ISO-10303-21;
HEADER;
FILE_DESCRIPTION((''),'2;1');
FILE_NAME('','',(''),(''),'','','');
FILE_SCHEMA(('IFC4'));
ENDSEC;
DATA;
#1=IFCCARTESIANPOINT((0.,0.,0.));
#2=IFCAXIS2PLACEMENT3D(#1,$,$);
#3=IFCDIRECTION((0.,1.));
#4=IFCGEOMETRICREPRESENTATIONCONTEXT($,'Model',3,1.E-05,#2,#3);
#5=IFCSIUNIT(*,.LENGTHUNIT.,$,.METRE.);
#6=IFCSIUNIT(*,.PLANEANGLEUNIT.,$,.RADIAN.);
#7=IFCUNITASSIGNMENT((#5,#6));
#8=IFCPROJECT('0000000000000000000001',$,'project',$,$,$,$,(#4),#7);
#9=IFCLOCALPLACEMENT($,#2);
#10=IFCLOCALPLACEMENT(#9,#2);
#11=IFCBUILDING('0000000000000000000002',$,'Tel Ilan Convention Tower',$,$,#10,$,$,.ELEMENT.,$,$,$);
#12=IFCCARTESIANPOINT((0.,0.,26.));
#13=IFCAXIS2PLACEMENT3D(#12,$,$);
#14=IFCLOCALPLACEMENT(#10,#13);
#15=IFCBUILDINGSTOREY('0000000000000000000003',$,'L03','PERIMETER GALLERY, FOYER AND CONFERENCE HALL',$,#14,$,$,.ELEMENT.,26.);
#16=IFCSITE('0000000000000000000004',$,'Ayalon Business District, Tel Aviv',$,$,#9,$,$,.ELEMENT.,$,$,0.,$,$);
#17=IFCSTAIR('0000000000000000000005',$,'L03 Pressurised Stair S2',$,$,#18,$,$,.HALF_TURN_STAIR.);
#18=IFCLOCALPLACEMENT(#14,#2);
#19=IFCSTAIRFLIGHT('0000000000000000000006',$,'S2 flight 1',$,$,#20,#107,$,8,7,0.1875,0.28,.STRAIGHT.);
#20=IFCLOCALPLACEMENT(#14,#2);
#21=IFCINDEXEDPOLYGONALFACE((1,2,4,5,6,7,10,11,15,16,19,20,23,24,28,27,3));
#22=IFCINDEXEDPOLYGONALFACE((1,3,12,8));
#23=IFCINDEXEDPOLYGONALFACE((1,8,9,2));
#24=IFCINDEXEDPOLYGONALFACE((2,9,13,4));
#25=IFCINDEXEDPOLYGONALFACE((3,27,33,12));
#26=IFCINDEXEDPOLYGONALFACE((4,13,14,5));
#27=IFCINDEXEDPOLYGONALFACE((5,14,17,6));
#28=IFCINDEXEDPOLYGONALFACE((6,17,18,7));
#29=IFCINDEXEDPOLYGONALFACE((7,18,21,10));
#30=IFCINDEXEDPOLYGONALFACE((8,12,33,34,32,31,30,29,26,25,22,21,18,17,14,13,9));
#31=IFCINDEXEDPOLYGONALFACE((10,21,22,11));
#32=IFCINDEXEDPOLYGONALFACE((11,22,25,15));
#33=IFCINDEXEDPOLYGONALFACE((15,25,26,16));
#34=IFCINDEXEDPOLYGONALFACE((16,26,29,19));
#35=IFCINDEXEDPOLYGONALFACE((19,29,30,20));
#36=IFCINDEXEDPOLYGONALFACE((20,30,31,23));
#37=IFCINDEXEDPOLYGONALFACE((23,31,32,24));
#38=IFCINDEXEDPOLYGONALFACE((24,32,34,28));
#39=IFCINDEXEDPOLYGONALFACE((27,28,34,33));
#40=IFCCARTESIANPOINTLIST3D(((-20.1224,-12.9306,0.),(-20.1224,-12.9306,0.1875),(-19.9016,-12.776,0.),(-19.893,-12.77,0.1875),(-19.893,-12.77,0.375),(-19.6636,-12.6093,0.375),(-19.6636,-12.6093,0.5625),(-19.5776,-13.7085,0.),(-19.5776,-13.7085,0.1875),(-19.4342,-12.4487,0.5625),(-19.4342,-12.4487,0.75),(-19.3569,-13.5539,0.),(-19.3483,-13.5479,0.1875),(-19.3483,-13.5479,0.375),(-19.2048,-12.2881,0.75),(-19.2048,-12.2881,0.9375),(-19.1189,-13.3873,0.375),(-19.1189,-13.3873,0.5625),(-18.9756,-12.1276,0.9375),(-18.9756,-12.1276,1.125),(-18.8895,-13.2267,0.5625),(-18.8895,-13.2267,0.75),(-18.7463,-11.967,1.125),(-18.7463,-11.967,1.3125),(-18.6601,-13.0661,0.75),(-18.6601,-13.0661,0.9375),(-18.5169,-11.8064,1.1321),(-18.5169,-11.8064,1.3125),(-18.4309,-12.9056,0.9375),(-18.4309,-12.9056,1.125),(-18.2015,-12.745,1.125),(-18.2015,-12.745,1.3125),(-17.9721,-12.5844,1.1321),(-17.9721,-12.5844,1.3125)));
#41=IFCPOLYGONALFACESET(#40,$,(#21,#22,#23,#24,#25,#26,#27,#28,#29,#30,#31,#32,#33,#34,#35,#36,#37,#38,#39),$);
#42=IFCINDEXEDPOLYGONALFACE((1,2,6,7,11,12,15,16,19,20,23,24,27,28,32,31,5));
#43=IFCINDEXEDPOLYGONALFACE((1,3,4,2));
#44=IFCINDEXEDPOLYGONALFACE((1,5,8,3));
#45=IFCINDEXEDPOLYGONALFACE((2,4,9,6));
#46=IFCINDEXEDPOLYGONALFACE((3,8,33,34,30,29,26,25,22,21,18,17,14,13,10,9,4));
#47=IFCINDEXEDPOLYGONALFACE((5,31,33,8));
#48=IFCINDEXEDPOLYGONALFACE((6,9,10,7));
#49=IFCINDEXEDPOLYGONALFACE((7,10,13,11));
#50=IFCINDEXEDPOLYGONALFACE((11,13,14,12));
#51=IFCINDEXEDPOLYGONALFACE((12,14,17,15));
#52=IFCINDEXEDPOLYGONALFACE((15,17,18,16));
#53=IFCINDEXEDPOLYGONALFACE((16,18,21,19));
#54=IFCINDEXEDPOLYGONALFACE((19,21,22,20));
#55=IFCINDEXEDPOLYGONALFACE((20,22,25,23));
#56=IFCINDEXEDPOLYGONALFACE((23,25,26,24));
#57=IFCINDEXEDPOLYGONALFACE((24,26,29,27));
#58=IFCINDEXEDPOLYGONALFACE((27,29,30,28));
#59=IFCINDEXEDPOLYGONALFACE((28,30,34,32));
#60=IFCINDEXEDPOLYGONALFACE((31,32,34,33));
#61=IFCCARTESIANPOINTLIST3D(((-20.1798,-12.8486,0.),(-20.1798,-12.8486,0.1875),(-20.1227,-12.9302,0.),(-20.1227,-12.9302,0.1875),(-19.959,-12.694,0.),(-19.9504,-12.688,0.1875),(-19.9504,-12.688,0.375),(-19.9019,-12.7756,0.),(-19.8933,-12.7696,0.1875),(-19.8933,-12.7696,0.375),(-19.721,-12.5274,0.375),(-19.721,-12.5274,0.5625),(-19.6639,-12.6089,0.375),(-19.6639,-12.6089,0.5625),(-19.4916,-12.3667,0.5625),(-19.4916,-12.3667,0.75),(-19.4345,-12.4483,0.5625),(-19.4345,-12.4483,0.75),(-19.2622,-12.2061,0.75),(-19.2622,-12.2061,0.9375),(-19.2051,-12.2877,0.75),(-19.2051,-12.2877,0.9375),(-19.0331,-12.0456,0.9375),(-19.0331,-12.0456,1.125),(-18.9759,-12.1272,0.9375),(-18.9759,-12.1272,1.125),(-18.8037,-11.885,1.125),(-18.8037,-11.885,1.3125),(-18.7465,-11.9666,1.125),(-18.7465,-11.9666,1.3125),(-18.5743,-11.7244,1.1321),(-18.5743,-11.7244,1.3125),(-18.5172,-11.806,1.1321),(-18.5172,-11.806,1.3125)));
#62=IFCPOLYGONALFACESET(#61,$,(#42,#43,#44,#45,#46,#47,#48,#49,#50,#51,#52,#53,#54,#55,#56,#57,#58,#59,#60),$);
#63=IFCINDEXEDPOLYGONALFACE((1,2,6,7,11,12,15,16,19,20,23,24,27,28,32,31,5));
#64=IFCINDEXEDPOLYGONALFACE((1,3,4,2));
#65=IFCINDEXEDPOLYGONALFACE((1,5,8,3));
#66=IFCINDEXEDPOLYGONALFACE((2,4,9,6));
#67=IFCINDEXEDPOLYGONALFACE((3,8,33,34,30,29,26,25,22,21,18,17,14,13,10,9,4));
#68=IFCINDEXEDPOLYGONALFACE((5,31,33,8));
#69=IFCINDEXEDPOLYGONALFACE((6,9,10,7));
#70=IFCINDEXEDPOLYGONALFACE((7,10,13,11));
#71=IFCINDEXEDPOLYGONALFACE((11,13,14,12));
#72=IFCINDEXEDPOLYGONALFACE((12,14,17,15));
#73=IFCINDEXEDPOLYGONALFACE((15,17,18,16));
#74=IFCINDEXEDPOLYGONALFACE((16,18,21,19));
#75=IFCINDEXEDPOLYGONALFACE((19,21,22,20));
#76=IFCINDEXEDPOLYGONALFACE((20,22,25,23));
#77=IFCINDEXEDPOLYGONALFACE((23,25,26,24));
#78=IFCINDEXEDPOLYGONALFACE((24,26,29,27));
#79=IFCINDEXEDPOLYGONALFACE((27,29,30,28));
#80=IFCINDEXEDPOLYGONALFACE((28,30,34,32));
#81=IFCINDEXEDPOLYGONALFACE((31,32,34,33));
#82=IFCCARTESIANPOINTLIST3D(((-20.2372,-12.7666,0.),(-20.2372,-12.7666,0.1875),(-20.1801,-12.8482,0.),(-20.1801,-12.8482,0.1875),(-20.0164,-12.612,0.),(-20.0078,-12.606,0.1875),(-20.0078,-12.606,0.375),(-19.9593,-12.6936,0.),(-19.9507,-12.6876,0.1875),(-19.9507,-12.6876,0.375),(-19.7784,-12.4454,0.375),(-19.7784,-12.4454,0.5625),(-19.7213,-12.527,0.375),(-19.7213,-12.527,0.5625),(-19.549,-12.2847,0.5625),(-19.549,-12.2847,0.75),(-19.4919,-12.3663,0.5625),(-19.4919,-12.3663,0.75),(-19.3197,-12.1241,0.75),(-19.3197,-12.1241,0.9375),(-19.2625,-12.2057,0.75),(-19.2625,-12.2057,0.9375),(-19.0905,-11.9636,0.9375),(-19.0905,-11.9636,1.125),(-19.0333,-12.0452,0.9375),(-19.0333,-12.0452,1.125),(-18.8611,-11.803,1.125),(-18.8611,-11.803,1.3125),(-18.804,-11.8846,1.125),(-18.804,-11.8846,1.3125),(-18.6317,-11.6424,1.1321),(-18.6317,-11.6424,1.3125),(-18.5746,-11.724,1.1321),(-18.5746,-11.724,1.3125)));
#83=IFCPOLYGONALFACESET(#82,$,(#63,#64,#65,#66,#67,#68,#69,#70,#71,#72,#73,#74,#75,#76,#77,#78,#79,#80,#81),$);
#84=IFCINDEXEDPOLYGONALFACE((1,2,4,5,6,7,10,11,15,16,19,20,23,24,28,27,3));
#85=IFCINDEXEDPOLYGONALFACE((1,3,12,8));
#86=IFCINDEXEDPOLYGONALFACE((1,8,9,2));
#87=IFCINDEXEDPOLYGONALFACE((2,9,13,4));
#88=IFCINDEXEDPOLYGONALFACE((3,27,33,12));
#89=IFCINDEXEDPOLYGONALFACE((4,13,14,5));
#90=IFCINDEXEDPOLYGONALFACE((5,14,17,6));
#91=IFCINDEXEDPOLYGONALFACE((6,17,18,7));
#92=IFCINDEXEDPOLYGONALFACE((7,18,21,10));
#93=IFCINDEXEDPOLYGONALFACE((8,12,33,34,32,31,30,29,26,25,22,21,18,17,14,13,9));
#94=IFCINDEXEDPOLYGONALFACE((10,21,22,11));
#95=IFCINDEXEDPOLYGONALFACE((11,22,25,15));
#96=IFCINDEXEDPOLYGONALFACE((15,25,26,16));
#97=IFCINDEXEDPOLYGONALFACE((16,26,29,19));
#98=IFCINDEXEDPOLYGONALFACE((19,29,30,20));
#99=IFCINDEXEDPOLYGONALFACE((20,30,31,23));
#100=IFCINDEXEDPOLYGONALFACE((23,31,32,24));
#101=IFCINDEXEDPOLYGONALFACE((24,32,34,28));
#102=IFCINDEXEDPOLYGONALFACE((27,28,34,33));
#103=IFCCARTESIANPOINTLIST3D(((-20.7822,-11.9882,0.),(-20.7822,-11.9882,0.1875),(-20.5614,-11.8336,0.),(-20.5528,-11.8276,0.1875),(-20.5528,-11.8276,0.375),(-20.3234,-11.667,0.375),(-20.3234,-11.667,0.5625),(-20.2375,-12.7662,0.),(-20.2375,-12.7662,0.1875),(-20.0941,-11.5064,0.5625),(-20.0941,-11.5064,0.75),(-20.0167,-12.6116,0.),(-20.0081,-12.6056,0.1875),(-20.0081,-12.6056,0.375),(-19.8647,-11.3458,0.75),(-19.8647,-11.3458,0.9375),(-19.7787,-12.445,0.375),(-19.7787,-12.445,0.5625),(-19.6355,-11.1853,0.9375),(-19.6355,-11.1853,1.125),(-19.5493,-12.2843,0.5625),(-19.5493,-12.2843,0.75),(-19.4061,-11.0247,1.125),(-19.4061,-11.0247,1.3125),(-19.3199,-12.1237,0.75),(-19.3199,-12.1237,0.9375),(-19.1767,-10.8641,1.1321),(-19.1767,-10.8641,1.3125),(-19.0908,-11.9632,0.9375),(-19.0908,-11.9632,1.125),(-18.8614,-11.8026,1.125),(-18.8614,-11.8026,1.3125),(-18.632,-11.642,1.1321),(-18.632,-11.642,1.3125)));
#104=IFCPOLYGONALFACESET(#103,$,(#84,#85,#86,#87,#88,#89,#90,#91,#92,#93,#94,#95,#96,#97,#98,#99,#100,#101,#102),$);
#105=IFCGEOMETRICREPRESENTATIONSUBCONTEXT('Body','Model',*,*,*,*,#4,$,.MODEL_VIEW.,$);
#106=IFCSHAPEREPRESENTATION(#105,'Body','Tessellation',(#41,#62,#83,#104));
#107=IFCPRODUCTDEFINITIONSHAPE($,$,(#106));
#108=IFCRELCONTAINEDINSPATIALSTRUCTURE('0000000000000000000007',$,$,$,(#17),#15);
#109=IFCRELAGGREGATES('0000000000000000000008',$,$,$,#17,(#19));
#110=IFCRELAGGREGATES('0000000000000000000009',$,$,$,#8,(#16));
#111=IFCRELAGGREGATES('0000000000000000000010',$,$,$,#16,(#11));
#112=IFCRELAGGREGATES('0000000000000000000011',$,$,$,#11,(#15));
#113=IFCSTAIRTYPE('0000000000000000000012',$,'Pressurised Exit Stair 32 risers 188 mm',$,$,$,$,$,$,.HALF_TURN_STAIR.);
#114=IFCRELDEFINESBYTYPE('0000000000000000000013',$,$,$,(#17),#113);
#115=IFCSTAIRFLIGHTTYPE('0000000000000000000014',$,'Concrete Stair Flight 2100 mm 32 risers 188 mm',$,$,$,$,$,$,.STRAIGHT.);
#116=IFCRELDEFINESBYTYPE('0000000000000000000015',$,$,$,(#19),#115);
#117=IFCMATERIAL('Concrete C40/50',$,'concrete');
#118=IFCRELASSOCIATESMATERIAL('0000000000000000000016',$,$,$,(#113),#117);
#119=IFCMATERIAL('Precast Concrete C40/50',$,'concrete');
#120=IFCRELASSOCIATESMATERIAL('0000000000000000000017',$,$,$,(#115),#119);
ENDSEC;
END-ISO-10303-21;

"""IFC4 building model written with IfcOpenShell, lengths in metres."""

from ifc_helpers import new_model, si_unit, direction, frame, origin, place, context, subcontext, project, spatial, polyline, outline, extrude, material, type_object, element, aggregate, save


model = new_model("IFC4")

# Units and contexts
model_context = context("Model", 3, precision=1e-05, world=origin(), true_north=direction((0.0, 1.0)))
body_context = subcontext(model_context, "Body", "Model", "MODEL_VIEW")
ifc_project = project(units=[si_unit("LENGTHUNIT", "METRE"), si_unit("PLANEANGLEUNIT", "RADIAN")], contexts=[model_context])

# Site, building, storey
site_placement = place(None, origin())
site = spatial("IfcSite", under=ifc_project, at=site_placement, Name="Ayalon Business District, Tel Aviv", CompositionType="ELEMENT", RefElevation=0.0)
building_placement = place(site_placement, origin())
building = spatial("IfcBuilding", under=site, at=building_placement, Name="Tel Ilan Convention Tower", CompositionType="ELEMENT")
storey_placement = place(building_placement, frame((0.0, 0.0, 26.0)))
storey = spatial("IfcBuildingStorey", under=building, at=storey_placement, Name="L03", Description="PERIMETER GALLERY, FOYER AND CONFERENCE HALL", CompositionType="ELEMENT", Elevation=26.0)

# Stair, stair flight
ifc_material_1 = material(Name="Concrete C40/50", Category="concrete")
stair_type = type_object("IfcStairType", Name="Pressurised Exit Stair 32 risers 188 mm", PredefinedType="HALF_TURN_STAIR", material=ifc_material_1)
stair_placement = place(storey_placement, origin())
stair = element("IfcStair", 1, at=stair_placement, inside=storey, type_object=stair_type, Name="L03 Pressurised Stair S2", PredefinedType="HALF_TURN_STAIR")
ifc_material_2 = material(Name="Precast Concrete C40/50", Category="concrete")
stair_flight_type = type_object("IfcStairFlightType", Name="Concrete Stair Flight 2100 mm 32 risers 188 mm", PredefinedType="STRAIGHT", material=ifc_material_2)
stair_flight_1_placement = place(storey_placement, frame((-20.1799, -12.8484, 0.0), z_axis=(0.0, 0.0, 1.0), x_axis=(0.819152, 0.573576, 0.0)))
stair_flight_1 = element("IfcStairFlight", 2, at=stair_flight_1_placement, type_object=stair_flight_type, Name="S2 flight 1", NumberOfRisers=8, NumberOfTreads=7, PredefinedType="STRAIGHT", RiserHeight=0.1875, TreadLength=0.28, context=body_context, shape_type="SweptSolid", body=[
    extrude(outline(polyline([(0.0, 0.0), (0.0, 0.1875), (0.28, 0.1875), (0.28, 0.375), (0.5601, 0.375), (0.5601, 0.5625), (0.8401, 0.5625), (0.8401, 0.75), (1.1201, 0.75), (1.1201, 0.9375), (1.3999, 0.9375), (1.3999, 1.125), (1.6799, 1.125), (1.6799, 1.3125), (1.96, 1.3125), (1.96, 1.5), (1.96, 1.1321), (0.2695, 0.0), (0.0, 0.0)])), frame((0.0, -0.1003, 0.0), z_axis=(0.0, -1.0, 0.0), x_axis=(1.0, 0.0, 0.0)), (0.0, 0.0, 1.0), 0.9497),
    extrude(outline(polyline([(0.0, 0.0), (0.0, 0.1875), (0.28, 0.1875), (0.28, 0.375), (0.5601, 0.375), (0.5601, 0.5625), (0.8401, 0.5625), (0.8401, 0.75), (1.1201, 0.75), (1.1201, 0.9375), (1.3999, 0.9375), (1.3999, 1.125), (1.6799, 1.125), (1.6799, 1.3125), (1.96, 1.3125), (1.96, 1.5), (1.96, 1.1321), (0.2695, 0.0), (0.0, 0.0)])), frame((0.0, -0.0002, 0.0), z_axis=(0.0, -1.0, 0.0), x_axis=(1.0, 0.0, 0.0)), (0.0, 0.0, 1.0), 0.0996),
    extrude(outline(polyline([(0.0, 0.0), (0.0, 0.1875), (0.28, 0.1875), (0.28, 0.375), (0.5601, 0.375), (0.5601, 0.5625), (0.8401, 0.5625), (0.8401, 0.75), (1.1201, 0.75), (1.1201, 0.9375), (1.3999, 0.9375), (1.3999, 1.125), (1.6799, 1.125), (1.6799, 1.3125), (1.96, 1.3125), (1.96, 1.5), (1.96, 1.1321), (0.2695, 0.0), (0.0, 0.0)])), frame((0.0, 0.0999, 0.0), z_axis=(0.0, -1.0, 0.0), x_axis=(1.0, 0.0, 0.0)), (0.0, 0.0, 1.0), 0.0996),
    extrude(outline(polyline([(0.0, 0.0), (0.0, 0.1875), (0.28, 0.1875), (0.28, 0.375), (0.5601, 0.375), (0.5601, 0.5625), (0.8401, 0.5625), (0.8401, 0.75), (1.1201, 0.75), (1.1201, 0.9375), (1.3999, 0.9375), (1.3999, 1.125), (1.6799, 1.125), (1.6799, 1.3125), (1.96, 1.3125), (1.96, 1.5), (1.96, 1.1321), (0.2695, 0.0), (0.0, 0.0)])), frame((0.0, 1.05, 0.0), z_axis=(0.0, -1.0, 0.0), x_axis=(1.0, 0.0, 0.0)), (0.0, 0.0, 1.0), 0.9497),
])
aggregate(stair, [stair_flight_1])

save(model, "model.ifc")
